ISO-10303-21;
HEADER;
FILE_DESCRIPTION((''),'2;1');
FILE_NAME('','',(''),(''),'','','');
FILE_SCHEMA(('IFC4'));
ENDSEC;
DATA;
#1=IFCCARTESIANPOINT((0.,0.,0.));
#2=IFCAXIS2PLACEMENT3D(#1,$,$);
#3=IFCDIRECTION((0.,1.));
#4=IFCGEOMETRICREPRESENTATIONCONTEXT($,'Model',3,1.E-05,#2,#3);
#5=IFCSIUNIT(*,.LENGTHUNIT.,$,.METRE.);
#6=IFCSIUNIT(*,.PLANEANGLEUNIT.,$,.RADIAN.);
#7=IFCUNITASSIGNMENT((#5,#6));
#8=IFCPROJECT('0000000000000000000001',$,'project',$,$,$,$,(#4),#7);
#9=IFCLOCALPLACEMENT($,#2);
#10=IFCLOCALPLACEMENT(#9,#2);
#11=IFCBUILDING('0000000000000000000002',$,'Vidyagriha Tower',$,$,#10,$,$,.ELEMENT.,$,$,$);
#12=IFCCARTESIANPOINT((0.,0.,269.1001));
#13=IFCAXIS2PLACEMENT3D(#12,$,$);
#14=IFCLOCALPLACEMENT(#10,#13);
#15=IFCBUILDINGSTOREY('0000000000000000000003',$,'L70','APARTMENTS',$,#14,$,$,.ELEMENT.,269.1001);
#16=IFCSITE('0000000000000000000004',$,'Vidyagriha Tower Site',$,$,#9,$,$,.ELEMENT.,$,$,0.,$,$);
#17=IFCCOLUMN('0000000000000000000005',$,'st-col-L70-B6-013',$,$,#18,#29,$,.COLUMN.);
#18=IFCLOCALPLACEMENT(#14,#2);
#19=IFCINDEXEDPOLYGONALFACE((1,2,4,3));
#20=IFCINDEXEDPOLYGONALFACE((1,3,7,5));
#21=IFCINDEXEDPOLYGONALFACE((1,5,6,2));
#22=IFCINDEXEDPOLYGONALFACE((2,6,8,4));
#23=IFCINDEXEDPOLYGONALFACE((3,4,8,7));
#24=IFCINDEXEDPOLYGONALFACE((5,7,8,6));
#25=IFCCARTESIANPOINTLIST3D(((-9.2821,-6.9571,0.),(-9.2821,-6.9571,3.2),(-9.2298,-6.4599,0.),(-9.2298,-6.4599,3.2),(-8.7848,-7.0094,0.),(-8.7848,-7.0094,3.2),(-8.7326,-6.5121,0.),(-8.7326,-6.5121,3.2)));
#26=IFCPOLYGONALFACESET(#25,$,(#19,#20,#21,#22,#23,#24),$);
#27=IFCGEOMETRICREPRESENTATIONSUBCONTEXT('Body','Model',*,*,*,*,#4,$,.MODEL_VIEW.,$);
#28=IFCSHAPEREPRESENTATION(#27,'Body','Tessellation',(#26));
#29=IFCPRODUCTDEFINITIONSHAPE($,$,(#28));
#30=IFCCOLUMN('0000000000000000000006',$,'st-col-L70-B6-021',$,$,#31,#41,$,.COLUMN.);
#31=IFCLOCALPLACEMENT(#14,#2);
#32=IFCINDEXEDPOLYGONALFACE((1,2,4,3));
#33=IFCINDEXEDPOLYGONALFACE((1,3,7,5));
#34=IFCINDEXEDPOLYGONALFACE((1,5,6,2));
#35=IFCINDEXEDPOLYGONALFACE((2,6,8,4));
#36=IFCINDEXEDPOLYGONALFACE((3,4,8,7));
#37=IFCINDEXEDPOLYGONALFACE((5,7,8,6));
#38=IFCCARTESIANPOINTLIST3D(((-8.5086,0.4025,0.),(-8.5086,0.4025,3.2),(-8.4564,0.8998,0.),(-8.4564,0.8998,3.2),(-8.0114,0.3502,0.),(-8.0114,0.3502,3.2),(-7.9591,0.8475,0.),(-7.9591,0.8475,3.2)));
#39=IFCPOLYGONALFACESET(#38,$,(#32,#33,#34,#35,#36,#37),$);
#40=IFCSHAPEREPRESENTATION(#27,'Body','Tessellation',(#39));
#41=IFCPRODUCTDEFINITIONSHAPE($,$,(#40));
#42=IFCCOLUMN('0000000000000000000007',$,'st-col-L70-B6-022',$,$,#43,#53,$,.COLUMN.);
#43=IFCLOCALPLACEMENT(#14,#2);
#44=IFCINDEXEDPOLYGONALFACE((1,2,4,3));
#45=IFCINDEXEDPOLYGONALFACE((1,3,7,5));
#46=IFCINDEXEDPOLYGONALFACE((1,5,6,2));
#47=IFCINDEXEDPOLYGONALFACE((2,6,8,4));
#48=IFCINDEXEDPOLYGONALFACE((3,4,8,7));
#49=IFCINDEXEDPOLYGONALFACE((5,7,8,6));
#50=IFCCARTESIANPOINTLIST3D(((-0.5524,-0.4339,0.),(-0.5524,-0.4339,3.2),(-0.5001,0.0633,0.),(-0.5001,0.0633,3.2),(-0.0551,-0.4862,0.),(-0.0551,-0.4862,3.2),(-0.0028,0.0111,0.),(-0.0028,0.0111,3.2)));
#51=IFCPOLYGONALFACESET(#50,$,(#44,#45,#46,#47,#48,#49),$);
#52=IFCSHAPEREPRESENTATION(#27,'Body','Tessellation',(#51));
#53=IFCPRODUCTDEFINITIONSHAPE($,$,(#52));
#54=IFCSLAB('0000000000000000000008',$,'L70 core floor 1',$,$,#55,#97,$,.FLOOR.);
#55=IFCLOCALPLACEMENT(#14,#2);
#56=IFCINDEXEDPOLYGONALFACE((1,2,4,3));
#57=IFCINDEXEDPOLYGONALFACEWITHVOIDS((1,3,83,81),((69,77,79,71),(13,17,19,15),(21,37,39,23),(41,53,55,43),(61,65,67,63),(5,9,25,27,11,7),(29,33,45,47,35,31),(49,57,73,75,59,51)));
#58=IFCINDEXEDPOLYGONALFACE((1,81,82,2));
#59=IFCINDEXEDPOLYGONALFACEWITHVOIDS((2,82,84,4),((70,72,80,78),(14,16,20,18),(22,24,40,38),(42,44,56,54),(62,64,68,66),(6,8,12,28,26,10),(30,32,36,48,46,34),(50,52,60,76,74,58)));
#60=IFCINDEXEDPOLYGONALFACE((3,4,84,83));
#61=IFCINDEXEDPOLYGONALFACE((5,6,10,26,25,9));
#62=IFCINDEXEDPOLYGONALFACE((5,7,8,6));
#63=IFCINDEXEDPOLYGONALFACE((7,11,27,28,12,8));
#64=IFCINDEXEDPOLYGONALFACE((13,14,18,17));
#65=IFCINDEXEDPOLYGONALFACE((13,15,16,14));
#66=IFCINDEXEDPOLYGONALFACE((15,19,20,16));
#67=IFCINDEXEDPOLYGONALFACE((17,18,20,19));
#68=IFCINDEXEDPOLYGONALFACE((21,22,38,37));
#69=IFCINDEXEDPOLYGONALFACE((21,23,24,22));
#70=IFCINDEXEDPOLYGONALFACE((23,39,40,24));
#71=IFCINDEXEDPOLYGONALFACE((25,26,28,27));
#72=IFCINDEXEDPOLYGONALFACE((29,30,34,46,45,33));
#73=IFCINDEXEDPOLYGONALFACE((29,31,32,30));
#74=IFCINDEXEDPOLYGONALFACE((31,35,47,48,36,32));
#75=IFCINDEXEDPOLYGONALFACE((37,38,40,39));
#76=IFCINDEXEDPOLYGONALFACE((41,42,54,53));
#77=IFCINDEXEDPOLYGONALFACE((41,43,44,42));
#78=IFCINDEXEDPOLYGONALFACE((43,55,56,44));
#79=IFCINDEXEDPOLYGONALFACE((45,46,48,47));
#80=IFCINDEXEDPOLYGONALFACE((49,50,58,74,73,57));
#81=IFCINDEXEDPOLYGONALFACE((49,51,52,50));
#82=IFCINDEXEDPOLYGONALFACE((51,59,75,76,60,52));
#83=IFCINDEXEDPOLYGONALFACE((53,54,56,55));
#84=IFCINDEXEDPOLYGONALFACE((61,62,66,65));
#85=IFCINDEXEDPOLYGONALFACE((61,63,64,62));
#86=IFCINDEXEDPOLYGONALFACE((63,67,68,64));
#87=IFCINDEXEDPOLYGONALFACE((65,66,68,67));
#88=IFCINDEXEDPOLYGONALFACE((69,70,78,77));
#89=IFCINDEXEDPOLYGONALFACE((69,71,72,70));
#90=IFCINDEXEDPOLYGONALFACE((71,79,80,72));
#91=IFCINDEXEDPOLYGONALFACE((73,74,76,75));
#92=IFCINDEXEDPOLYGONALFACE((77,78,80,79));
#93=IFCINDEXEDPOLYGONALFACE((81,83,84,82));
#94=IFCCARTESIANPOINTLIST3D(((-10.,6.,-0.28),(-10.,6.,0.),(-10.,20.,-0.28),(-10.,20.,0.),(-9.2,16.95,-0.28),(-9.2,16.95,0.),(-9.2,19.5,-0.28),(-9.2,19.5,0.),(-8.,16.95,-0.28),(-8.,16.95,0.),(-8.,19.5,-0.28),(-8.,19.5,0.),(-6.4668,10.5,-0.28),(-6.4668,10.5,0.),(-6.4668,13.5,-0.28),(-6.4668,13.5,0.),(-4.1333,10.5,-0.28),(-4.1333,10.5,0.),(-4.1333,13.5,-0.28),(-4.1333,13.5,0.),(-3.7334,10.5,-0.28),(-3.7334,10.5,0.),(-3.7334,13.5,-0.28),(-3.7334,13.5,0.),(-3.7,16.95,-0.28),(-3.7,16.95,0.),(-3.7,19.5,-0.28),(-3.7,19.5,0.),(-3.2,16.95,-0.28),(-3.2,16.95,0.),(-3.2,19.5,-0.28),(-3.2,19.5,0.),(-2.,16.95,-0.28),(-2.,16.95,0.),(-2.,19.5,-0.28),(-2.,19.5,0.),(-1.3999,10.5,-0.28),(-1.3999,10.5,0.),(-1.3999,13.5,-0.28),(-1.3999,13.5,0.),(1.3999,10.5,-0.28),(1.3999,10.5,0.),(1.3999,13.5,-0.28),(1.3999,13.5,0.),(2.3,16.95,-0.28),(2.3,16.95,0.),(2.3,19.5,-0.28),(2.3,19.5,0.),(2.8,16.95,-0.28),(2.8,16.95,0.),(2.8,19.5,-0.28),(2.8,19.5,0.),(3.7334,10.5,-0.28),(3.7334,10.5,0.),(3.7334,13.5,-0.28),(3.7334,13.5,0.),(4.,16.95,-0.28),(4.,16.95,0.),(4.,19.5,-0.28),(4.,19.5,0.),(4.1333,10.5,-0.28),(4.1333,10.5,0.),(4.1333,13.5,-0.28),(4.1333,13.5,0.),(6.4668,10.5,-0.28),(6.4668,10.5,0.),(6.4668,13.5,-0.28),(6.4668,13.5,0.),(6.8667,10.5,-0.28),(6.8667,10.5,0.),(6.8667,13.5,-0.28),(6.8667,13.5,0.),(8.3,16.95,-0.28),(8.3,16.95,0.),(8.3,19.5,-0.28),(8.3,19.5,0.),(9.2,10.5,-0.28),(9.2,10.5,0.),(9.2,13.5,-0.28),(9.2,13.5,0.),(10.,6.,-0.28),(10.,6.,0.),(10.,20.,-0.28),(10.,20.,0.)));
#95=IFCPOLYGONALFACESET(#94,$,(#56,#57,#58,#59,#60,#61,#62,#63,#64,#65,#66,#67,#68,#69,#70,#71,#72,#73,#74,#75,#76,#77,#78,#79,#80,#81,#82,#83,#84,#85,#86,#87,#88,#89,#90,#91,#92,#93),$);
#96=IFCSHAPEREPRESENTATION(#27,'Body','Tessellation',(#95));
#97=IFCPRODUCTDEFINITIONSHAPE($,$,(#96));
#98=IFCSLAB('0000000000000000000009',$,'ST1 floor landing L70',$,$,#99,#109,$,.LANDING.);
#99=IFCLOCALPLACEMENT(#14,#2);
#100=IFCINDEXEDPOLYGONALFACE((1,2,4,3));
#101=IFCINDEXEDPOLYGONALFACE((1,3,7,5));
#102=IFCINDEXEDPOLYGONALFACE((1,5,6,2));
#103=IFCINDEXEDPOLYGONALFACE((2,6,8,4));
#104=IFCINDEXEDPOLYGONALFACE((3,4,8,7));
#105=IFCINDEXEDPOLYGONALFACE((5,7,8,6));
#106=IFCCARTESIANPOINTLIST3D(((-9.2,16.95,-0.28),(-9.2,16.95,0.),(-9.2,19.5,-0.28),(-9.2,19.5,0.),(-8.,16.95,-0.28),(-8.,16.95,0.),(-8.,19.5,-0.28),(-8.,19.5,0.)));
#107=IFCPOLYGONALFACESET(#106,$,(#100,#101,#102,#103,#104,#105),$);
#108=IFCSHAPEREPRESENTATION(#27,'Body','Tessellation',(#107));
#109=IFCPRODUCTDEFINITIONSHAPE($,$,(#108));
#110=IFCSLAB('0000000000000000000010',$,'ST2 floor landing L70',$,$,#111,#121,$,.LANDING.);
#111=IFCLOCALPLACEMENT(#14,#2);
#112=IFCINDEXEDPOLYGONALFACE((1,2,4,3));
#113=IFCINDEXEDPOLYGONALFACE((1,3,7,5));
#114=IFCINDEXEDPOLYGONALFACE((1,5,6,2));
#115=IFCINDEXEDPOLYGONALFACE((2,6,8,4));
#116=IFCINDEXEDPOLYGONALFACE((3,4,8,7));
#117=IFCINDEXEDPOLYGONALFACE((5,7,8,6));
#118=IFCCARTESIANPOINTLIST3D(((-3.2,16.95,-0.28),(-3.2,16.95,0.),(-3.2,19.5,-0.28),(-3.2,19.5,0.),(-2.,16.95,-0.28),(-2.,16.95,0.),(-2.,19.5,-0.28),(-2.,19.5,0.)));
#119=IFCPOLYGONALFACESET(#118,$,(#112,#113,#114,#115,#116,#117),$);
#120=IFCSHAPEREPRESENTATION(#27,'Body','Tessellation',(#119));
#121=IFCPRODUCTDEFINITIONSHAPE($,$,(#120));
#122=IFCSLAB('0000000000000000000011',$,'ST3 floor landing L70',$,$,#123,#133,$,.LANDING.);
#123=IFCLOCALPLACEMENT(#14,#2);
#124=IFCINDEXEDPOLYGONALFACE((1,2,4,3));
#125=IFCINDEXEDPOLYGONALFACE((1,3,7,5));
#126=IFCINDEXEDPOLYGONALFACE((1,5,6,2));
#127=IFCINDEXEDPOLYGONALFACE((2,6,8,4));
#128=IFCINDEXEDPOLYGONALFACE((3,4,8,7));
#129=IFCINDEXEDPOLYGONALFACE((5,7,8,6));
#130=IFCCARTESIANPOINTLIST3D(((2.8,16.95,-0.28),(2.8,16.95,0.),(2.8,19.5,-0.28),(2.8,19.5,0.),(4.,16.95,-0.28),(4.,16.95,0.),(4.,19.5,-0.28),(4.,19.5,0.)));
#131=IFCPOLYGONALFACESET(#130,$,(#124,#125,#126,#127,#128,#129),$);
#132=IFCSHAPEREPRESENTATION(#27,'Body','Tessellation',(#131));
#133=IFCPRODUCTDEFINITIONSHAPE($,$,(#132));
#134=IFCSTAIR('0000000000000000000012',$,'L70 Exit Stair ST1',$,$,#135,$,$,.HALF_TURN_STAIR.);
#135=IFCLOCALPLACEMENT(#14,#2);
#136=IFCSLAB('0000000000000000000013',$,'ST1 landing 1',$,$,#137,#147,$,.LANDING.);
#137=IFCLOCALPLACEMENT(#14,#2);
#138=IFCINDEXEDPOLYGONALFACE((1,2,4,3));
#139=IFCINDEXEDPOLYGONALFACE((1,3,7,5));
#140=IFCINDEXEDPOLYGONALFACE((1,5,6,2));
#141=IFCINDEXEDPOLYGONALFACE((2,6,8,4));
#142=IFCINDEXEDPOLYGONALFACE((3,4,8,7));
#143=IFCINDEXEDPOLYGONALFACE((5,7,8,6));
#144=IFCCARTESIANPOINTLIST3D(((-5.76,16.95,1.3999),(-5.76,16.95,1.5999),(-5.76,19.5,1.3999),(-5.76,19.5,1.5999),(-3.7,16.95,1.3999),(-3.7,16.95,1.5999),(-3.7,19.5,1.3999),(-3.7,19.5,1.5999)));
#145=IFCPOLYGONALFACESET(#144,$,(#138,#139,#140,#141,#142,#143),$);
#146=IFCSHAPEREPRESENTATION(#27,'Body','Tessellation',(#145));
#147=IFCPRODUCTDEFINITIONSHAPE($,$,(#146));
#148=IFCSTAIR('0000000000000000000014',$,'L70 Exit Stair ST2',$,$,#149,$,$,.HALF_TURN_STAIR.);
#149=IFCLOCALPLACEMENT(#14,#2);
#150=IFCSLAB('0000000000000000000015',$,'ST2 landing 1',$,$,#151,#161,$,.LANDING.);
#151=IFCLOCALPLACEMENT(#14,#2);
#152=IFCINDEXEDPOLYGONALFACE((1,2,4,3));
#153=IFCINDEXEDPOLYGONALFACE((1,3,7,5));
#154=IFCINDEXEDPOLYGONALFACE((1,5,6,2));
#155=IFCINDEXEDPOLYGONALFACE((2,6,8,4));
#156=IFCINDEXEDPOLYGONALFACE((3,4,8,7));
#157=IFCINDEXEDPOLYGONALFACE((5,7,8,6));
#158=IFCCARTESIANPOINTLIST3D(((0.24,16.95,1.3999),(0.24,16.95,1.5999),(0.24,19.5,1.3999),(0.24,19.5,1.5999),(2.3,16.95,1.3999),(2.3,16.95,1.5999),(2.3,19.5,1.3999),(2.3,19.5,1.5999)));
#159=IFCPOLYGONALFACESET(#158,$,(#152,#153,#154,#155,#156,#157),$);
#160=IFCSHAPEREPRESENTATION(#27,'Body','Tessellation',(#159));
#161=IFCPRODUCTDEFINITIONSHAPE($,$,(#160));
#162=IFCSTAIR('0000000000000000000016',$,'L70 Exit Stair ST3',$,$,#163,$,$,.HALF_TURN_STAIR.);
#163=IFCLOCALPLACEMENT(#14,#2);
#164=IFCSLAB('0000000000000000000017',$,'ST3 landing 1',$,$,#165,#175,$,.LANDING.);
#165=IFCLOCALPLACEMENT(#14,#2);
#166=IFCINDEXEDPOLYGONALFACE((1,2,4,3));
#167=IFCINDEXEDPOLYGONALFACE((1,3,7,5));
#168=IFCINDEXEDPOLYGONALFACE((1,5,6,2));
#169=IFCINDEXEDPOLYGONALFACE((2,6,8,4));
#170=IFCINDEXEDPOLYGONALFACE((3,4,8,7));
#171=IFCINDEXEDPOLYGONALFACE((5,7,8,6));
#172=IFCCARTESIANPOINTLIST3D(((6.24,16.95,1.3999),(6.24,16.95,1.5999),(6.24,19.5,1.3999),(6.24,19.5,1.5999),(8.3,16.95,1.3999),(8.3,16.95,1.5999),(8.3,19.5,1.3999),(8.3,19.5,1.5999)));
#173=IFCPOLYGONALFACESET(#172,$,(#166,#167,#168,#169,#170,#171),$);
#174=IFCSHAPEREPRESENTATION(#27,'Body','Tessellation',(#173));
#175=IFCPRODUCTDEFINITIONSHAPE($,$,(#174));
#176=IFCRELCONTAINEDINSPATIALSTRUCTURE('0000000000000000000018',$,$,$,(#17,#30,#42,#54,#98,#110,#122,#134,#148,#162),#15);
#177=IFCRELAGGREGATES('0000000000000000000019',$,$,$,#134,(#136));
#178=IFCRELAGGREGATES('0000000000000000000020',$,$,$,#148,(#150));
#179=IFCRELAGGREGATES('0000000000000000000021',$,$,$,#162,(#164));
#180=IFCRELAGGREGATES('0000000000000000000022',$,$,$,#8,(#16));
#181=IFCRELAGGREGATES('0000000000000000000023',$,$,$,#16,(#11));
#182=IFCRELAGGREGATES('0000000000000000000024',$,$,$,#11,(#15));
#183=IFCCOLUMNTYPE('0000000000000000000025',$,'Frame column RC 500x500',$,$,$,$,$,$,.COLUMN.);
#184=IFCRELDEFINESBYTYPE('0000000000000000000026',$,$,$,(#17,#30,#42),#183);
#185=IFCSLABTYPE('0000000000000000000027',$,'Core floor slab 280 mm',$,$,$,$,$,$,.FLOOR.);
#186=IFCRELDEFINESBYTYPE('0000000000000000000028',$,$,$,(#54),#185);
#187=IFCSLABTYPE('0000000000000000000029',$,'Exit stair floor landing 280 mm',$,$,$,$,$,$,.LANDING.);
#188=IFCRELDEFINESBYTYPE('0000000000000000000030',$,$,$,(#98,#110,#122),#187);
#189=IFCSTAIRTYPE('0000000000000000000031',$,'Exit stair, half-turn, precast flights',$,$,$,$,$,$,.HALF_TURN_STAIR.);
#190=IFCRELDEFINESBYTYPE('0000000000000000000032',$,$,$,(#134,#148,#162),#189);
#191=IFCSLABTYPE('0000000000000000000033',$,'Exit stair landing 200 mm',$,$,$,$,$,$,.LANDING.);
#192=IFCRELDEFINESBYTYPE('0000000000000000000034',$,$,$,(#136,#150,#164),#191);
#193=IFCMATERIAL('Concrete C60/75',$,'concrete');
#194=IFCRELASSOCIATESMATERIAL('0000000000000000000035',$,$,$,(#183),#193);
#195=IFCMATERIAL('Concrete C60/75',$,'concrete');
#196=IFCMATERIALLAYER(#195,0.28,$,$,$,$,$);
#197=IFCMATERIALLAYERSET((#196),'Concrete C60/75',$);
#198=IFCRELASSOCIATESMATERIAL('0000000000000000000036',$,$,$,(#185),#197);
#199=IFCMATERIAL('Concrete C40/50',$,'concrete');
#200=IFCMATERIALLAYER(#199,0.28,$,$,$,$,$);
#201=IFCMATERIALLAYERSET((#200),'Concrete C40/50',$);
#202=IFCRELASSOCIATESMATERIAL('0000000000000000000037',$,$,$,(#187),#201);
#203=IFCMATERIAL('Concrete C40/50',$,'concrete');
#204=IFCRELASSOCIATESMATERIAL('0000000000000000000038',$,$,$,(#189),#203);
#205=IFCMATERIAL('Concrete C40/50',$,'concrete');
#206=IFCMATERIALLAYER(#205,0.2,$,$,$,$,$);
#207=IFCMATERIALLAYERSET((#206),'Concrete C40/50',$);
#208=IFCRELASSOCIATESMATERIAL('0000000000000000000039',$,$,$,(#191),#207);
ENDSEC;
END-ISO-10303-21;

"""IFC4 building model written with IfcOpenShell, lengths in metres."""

from ifc_helpers import new_model, si_unit, direction, frame, origin, origin_2d, place, context, subcontext, project, spatial, polyline, rectangle, outline, extrude, material, layer, layer_set, material_profile, profile_set, type_object, element, aggregate, save


model = new_model("IFC4")

# Units and contexts
model_context = context("Model", 3, precision=1e-05, world=origin(), true_north=direction((0.0, 1.0)))
body_context = subcontext(model_context, "Body", "Model", "MODEL_VIEW")
ifc_project = project(units=[si_unit("LENGTHUNIT", "METRE"), si_unit("PLANEANGLEUNIT", "RADIAN")], contexts=[model_context])

# Site, building, storey
site_placement = place(None, origin())
site = spatial("IfcSite", under=ifc_project, at=site_placement, Name="Vidyagriha Tower Site", CompositionType="ELEMENT", RefElevation=0.0)
building_placement = place(site_placement, origin())
building = spatial("IfcBuilding", under=site, at=building_placement, Name="Vidyagriha Tower", CompositionType="ELEMENT")
storey_placement = place(building_placement, frame((0.0, 0.0, 269.1001)))
storey = spatial("IfcBuildingStorey", under=building, at=storey_placement, Name="L70", Description="APARTMENTS", CompositionType="ELEMENT", Elevation=269.1001)

# Columns
ifc_material_1 = material(Name="Concrete C60/75", Category="concrete")
ifc_material_profile = material_profile(ifc_material_1, rectangle(XDim=0.5, YDim=0.5, at=origin_2d()), Name="RC 500x500")
ifc_profile_set = profile_set([ifc_material_profile], Name="Concrete C60/75")
column_type = type_object("IfcColumnType", Name="Frame column RC 500x500", PredefinedType="COLUMN", material=ifc_profile_set)
for number, where, z_axis, x_axis, name in (
    (1, (-9.0073, -6.7346, 0.0), (0.0, 0.0, 1.0), (0.994522, -0.104528, 0.0), "st-col-L70-B6-013"),
    (2, (-8.2339, 0.625, 0.0), (0.0, 0.0, 1.0), (0.994522, -0.104528, 0.0), "st-col-L70-B6-021"),
    (3, (-0.2776, -0.2114, 0.0), (0.0, 0.0, 1.0), (0.994522, -0.104528, 0.0), "st-col-L70-B6-022"),
):
    element("IfcColumn", number, at=place(storey_placement, frame(where, z_axis=z_axis, x_axis=x_axis)), inside=storey, type_object=column_type, Name=name, PredefinedType="COLUMN", context=body_context, shape_type="SweptSolid", body=[
        extrude(rectangle(XDim=0.5, YDim=0.5, at=origin_2d()), origin(), (0.0, 0.0, 1.0), 3.2),
    ])

# Slabs
ifc_material_2 = material(Name="Concrete C60/75", Category="concrete")
ifc_layer_1 = layer(ifc_material_2, 0.28)
ifc_layer_set_1 = layer_set([ifc_layer_1], Name="Concrete C60/75")
slab_type_1 = type_object("IfcSlabType", Name="Core floor slab 280 mm", PredefinedType="FLOOR", material=ifc_layer_set_1)
slab_1_placement = place(storey_placement, frame((0.0, 0.0, -0.28)))
element("IfcSlab", 4, at=slab_1_placement, inside=storey, type_object=slab_type_1, Name="L70 core floor 1", PredefinedType="FLOOR", context=body_context, shape_type="SweptSolid", body=[
    extrude(outline(polyline([(-10.0, 6.0), (-10.0, 20.0), (10.0, 20.0), (10.0, 6.0), (-10.0, 6.0)]), holes=[polyline([(6.8667, 13.5), (6.8667, 10.5), (9.2, 10.5), (9.2, 13.5), (6.8667, 13.5)]), polyline([(4.0, 19.5), (2.8, 19.5), (2.8, 16.95), (4.0, 16.95), (8.3, 16.95), (8.3, 19.5), (4.0, 19.5)]), polyline([(6.4668, 13.5), (4.1333, 13.5), (4.1333, 10.5), (6.4668, 10.5), (6.4668, 13.5)]), polyline([(3.7334, 13.5), (1.3999, 13.5), (1.3999, 10.5), (3.7334, 10.5), (3.7334, 13.5)]), polyline([(-2.0, 16.95), (2.3, 16.95), (2.3, 19.5), (-2.0, 19.5), (-3.2, 19.5), (-3.2, 16.95), (-2.0, 16.95)]), polyline([(-3.7334, 13.5), (-3.7334, 10.5), (-1.3999, 10.5), (-1.3999, 13.5), (-3.7334, 13.5)]), polyline([(-9.2, 19.5), (-9.2, 16.95), (-8.0, 16.95), (-3.7, 16.95), (-3.7, 19.5), (-8.0, 19.5), (-9.2, 19.5)]), polyline([(-6.4668, 13.5), (-6.4668, 10.5), (-4.1333, 10.5), (-4.1333, 13.5), (-6.4668, 13.5)])]), origin(), (0.0, 0.0, 1.0), 0.28),
])
ifc_material_3 = material(Name="Concrete C40/50", Category="concrete")
ifc_layer_2 = layer(ifc_material_3, 0.28)
ifc_layer_set_2 = layer_set([ifc_layer_2], Name="Concrete C40/50")
slab_type_2 = type_object("IfcSlabType", Name="Exit stair floor landing 280 mm", PredefinedType="LANDING", material=ifc_layer_set_2)
slab_2_placement = place(storey_placement, frame((0.0, 0.0, -0.28)))
element("IfcSlab", 5, at=slab_2_placement, inside=storey, type_object=slab_type_2, Name="ST1 floor landing L70", PredefinedType="LANDING", context=body_context, shape_type="SweptSolid", body=[
    extrude(outline(polyline([(-9.2, 16.95), (-8.0, 16.95), (-8.0, 19.5), (-9.2, 19.5), (-9.2, 16.95)])), origin(), (0.0, 0.0, 1.0), 0.28),
])
slab_3_placement = place(storey_placement, frame((0.0, 0.0, -0.28)))
element("IfcSlab", 6, at=slab_3_placement, inside=storey, type_object=slab_type_2, Name="ST2 floor landing L70", PredefinedType="LANDING", context=body_context, shape_type="SweptSolid", body=[
    extrude(outline(polyline([(-3.2, 16.95), (-2.0, 16.95), (-2.0, 19.5), (-3.2, 19.5), (-3.2, 16.95)])), origin(), (0.0, 0.0, 1.0), 0.28),
])
slab_4_placement = place(storey_placement, frame((0.0, 0.0, -0.28)))
element("IfcSlab", 7, at=slab_4_placement, inside=storey, type_object=slab_type_2, Name="ST3 floor landing L70", PredefinedType="LANDING", context=body_context, shape_type="SweptSolid", body=[
    extrude(outline(polyline([(2.8, 16.95), (4.0, 16.95), (4.0, 19.5), (2.8, 19.5), (2.8, 16.95)])), origin(), (0.0, 0.0, 1.0), 0.28),
])

# Stairs, slabs
ifc_material_4 = material(Name="Concrete C40/50", Category="concrete")
stair_type = type_object("IfcStairType", Name="Exit stair, half-turn, precast flights", PredefinedType="HALF_TURN_STAIR", material=ifc_material_4)
stair_1_placement = place(storey_placement, origin())
stair_1 = element("IfcStair", 8, at=stair_1_placement, inside=storey, type_object=stair_type, Name="L70 Exit Stair ST1", PredefinedType="HALF_TURN_STAIR")
ifc_material_5 = material(Name="Concrete C40/50", Category="concrete")
ifc_layer_3 = layer(ifc_material_5, 0.2)
ifc_layer_set_3 = layer_set([ifc_layer_3], Name="Concrete C40/50")
slab_type_3 = type_object("IfcSlabType", Name="Exit stair landing 200 mm", PredefinedType="LANDING", material=ifc_layer_set_3)
slab_5_placement = place(storey_placement, frame((0.0, 0.0, 1.3999)))
slab_5 = element("IfcSlab", 9, at=slab_5_placement, type_object=slab_type_3, Name="ST1 landing 1", PredefinedType="LANDING", context=body_context, shape_type="SweptSolid", body=[
    extrude(outline(polyline([(-5.76, 16.95), (-3.7, 16.95), (-3.7, 19.5), (-5.76, 19.5), (-5.76, 16.95)])), origin(), (0.0, 0.0, 1.0), 0.2),
])
aggregate(stair_1, [slab_5])
stair_2_placement = place(storey_placement, origin())
stair_2 = element("IfcStair", 10, at=stair_2_placement, inside=storey, type_object=stair_type, Name="L70 Exit Stair ST2", PredefinedType="HALF_TURN_STAIR")
slab_6_placement = place(storey_placement, frame((0.0, 0.0, 1.3999)))
slab_6 = element("IfcSlab", 11, at=slab_6_placement, type_object=slab_type_3, Name="ST2 landing 1", PredefinedType="LANDING", context=body_context, shape_type="SweptSolid", body=[
    extrude(outline(polyline([(0.24, 16.95), (2.3, 16.95), (2.3, 19.5), (0.24, 19.5), (0.24, 16.95)])), origin(), (0.0, 0.0, 1.0), 0.2),
])
aggregate(stair_2, [slab_6])
stair_3_placement = place(storey_placement, origin())
stair_3 = element("IfcStair", 12, at=stair_3_placement, inside=storey, type_object=stair_type, Name="L70 Exit Stair ST3", PredefinedType="HALF_TURN_STAIR")
slab_7_placement = place(storey_placement, frame((0.0, 0.0, 1.3999)))
slab_7 = element("IfcSlab", 13, at=slab_7_placement, type_object=slab_type_3, Name="ST3 landing 1", PredefinedType="LANDING", context=body_context, shape_type="SweptSolid", body=[
    extrude(outline(polyline([(6.24, 16.95), (8.3, 16.95), (8.3, 19.5), (6.24, 19.5), (6.24, 16.95)])), origin(), (0.0, 0.0, 1.0), 0.2),
])
aggregate(stair_3, [slab_7])

save(model, "model.ifc")
